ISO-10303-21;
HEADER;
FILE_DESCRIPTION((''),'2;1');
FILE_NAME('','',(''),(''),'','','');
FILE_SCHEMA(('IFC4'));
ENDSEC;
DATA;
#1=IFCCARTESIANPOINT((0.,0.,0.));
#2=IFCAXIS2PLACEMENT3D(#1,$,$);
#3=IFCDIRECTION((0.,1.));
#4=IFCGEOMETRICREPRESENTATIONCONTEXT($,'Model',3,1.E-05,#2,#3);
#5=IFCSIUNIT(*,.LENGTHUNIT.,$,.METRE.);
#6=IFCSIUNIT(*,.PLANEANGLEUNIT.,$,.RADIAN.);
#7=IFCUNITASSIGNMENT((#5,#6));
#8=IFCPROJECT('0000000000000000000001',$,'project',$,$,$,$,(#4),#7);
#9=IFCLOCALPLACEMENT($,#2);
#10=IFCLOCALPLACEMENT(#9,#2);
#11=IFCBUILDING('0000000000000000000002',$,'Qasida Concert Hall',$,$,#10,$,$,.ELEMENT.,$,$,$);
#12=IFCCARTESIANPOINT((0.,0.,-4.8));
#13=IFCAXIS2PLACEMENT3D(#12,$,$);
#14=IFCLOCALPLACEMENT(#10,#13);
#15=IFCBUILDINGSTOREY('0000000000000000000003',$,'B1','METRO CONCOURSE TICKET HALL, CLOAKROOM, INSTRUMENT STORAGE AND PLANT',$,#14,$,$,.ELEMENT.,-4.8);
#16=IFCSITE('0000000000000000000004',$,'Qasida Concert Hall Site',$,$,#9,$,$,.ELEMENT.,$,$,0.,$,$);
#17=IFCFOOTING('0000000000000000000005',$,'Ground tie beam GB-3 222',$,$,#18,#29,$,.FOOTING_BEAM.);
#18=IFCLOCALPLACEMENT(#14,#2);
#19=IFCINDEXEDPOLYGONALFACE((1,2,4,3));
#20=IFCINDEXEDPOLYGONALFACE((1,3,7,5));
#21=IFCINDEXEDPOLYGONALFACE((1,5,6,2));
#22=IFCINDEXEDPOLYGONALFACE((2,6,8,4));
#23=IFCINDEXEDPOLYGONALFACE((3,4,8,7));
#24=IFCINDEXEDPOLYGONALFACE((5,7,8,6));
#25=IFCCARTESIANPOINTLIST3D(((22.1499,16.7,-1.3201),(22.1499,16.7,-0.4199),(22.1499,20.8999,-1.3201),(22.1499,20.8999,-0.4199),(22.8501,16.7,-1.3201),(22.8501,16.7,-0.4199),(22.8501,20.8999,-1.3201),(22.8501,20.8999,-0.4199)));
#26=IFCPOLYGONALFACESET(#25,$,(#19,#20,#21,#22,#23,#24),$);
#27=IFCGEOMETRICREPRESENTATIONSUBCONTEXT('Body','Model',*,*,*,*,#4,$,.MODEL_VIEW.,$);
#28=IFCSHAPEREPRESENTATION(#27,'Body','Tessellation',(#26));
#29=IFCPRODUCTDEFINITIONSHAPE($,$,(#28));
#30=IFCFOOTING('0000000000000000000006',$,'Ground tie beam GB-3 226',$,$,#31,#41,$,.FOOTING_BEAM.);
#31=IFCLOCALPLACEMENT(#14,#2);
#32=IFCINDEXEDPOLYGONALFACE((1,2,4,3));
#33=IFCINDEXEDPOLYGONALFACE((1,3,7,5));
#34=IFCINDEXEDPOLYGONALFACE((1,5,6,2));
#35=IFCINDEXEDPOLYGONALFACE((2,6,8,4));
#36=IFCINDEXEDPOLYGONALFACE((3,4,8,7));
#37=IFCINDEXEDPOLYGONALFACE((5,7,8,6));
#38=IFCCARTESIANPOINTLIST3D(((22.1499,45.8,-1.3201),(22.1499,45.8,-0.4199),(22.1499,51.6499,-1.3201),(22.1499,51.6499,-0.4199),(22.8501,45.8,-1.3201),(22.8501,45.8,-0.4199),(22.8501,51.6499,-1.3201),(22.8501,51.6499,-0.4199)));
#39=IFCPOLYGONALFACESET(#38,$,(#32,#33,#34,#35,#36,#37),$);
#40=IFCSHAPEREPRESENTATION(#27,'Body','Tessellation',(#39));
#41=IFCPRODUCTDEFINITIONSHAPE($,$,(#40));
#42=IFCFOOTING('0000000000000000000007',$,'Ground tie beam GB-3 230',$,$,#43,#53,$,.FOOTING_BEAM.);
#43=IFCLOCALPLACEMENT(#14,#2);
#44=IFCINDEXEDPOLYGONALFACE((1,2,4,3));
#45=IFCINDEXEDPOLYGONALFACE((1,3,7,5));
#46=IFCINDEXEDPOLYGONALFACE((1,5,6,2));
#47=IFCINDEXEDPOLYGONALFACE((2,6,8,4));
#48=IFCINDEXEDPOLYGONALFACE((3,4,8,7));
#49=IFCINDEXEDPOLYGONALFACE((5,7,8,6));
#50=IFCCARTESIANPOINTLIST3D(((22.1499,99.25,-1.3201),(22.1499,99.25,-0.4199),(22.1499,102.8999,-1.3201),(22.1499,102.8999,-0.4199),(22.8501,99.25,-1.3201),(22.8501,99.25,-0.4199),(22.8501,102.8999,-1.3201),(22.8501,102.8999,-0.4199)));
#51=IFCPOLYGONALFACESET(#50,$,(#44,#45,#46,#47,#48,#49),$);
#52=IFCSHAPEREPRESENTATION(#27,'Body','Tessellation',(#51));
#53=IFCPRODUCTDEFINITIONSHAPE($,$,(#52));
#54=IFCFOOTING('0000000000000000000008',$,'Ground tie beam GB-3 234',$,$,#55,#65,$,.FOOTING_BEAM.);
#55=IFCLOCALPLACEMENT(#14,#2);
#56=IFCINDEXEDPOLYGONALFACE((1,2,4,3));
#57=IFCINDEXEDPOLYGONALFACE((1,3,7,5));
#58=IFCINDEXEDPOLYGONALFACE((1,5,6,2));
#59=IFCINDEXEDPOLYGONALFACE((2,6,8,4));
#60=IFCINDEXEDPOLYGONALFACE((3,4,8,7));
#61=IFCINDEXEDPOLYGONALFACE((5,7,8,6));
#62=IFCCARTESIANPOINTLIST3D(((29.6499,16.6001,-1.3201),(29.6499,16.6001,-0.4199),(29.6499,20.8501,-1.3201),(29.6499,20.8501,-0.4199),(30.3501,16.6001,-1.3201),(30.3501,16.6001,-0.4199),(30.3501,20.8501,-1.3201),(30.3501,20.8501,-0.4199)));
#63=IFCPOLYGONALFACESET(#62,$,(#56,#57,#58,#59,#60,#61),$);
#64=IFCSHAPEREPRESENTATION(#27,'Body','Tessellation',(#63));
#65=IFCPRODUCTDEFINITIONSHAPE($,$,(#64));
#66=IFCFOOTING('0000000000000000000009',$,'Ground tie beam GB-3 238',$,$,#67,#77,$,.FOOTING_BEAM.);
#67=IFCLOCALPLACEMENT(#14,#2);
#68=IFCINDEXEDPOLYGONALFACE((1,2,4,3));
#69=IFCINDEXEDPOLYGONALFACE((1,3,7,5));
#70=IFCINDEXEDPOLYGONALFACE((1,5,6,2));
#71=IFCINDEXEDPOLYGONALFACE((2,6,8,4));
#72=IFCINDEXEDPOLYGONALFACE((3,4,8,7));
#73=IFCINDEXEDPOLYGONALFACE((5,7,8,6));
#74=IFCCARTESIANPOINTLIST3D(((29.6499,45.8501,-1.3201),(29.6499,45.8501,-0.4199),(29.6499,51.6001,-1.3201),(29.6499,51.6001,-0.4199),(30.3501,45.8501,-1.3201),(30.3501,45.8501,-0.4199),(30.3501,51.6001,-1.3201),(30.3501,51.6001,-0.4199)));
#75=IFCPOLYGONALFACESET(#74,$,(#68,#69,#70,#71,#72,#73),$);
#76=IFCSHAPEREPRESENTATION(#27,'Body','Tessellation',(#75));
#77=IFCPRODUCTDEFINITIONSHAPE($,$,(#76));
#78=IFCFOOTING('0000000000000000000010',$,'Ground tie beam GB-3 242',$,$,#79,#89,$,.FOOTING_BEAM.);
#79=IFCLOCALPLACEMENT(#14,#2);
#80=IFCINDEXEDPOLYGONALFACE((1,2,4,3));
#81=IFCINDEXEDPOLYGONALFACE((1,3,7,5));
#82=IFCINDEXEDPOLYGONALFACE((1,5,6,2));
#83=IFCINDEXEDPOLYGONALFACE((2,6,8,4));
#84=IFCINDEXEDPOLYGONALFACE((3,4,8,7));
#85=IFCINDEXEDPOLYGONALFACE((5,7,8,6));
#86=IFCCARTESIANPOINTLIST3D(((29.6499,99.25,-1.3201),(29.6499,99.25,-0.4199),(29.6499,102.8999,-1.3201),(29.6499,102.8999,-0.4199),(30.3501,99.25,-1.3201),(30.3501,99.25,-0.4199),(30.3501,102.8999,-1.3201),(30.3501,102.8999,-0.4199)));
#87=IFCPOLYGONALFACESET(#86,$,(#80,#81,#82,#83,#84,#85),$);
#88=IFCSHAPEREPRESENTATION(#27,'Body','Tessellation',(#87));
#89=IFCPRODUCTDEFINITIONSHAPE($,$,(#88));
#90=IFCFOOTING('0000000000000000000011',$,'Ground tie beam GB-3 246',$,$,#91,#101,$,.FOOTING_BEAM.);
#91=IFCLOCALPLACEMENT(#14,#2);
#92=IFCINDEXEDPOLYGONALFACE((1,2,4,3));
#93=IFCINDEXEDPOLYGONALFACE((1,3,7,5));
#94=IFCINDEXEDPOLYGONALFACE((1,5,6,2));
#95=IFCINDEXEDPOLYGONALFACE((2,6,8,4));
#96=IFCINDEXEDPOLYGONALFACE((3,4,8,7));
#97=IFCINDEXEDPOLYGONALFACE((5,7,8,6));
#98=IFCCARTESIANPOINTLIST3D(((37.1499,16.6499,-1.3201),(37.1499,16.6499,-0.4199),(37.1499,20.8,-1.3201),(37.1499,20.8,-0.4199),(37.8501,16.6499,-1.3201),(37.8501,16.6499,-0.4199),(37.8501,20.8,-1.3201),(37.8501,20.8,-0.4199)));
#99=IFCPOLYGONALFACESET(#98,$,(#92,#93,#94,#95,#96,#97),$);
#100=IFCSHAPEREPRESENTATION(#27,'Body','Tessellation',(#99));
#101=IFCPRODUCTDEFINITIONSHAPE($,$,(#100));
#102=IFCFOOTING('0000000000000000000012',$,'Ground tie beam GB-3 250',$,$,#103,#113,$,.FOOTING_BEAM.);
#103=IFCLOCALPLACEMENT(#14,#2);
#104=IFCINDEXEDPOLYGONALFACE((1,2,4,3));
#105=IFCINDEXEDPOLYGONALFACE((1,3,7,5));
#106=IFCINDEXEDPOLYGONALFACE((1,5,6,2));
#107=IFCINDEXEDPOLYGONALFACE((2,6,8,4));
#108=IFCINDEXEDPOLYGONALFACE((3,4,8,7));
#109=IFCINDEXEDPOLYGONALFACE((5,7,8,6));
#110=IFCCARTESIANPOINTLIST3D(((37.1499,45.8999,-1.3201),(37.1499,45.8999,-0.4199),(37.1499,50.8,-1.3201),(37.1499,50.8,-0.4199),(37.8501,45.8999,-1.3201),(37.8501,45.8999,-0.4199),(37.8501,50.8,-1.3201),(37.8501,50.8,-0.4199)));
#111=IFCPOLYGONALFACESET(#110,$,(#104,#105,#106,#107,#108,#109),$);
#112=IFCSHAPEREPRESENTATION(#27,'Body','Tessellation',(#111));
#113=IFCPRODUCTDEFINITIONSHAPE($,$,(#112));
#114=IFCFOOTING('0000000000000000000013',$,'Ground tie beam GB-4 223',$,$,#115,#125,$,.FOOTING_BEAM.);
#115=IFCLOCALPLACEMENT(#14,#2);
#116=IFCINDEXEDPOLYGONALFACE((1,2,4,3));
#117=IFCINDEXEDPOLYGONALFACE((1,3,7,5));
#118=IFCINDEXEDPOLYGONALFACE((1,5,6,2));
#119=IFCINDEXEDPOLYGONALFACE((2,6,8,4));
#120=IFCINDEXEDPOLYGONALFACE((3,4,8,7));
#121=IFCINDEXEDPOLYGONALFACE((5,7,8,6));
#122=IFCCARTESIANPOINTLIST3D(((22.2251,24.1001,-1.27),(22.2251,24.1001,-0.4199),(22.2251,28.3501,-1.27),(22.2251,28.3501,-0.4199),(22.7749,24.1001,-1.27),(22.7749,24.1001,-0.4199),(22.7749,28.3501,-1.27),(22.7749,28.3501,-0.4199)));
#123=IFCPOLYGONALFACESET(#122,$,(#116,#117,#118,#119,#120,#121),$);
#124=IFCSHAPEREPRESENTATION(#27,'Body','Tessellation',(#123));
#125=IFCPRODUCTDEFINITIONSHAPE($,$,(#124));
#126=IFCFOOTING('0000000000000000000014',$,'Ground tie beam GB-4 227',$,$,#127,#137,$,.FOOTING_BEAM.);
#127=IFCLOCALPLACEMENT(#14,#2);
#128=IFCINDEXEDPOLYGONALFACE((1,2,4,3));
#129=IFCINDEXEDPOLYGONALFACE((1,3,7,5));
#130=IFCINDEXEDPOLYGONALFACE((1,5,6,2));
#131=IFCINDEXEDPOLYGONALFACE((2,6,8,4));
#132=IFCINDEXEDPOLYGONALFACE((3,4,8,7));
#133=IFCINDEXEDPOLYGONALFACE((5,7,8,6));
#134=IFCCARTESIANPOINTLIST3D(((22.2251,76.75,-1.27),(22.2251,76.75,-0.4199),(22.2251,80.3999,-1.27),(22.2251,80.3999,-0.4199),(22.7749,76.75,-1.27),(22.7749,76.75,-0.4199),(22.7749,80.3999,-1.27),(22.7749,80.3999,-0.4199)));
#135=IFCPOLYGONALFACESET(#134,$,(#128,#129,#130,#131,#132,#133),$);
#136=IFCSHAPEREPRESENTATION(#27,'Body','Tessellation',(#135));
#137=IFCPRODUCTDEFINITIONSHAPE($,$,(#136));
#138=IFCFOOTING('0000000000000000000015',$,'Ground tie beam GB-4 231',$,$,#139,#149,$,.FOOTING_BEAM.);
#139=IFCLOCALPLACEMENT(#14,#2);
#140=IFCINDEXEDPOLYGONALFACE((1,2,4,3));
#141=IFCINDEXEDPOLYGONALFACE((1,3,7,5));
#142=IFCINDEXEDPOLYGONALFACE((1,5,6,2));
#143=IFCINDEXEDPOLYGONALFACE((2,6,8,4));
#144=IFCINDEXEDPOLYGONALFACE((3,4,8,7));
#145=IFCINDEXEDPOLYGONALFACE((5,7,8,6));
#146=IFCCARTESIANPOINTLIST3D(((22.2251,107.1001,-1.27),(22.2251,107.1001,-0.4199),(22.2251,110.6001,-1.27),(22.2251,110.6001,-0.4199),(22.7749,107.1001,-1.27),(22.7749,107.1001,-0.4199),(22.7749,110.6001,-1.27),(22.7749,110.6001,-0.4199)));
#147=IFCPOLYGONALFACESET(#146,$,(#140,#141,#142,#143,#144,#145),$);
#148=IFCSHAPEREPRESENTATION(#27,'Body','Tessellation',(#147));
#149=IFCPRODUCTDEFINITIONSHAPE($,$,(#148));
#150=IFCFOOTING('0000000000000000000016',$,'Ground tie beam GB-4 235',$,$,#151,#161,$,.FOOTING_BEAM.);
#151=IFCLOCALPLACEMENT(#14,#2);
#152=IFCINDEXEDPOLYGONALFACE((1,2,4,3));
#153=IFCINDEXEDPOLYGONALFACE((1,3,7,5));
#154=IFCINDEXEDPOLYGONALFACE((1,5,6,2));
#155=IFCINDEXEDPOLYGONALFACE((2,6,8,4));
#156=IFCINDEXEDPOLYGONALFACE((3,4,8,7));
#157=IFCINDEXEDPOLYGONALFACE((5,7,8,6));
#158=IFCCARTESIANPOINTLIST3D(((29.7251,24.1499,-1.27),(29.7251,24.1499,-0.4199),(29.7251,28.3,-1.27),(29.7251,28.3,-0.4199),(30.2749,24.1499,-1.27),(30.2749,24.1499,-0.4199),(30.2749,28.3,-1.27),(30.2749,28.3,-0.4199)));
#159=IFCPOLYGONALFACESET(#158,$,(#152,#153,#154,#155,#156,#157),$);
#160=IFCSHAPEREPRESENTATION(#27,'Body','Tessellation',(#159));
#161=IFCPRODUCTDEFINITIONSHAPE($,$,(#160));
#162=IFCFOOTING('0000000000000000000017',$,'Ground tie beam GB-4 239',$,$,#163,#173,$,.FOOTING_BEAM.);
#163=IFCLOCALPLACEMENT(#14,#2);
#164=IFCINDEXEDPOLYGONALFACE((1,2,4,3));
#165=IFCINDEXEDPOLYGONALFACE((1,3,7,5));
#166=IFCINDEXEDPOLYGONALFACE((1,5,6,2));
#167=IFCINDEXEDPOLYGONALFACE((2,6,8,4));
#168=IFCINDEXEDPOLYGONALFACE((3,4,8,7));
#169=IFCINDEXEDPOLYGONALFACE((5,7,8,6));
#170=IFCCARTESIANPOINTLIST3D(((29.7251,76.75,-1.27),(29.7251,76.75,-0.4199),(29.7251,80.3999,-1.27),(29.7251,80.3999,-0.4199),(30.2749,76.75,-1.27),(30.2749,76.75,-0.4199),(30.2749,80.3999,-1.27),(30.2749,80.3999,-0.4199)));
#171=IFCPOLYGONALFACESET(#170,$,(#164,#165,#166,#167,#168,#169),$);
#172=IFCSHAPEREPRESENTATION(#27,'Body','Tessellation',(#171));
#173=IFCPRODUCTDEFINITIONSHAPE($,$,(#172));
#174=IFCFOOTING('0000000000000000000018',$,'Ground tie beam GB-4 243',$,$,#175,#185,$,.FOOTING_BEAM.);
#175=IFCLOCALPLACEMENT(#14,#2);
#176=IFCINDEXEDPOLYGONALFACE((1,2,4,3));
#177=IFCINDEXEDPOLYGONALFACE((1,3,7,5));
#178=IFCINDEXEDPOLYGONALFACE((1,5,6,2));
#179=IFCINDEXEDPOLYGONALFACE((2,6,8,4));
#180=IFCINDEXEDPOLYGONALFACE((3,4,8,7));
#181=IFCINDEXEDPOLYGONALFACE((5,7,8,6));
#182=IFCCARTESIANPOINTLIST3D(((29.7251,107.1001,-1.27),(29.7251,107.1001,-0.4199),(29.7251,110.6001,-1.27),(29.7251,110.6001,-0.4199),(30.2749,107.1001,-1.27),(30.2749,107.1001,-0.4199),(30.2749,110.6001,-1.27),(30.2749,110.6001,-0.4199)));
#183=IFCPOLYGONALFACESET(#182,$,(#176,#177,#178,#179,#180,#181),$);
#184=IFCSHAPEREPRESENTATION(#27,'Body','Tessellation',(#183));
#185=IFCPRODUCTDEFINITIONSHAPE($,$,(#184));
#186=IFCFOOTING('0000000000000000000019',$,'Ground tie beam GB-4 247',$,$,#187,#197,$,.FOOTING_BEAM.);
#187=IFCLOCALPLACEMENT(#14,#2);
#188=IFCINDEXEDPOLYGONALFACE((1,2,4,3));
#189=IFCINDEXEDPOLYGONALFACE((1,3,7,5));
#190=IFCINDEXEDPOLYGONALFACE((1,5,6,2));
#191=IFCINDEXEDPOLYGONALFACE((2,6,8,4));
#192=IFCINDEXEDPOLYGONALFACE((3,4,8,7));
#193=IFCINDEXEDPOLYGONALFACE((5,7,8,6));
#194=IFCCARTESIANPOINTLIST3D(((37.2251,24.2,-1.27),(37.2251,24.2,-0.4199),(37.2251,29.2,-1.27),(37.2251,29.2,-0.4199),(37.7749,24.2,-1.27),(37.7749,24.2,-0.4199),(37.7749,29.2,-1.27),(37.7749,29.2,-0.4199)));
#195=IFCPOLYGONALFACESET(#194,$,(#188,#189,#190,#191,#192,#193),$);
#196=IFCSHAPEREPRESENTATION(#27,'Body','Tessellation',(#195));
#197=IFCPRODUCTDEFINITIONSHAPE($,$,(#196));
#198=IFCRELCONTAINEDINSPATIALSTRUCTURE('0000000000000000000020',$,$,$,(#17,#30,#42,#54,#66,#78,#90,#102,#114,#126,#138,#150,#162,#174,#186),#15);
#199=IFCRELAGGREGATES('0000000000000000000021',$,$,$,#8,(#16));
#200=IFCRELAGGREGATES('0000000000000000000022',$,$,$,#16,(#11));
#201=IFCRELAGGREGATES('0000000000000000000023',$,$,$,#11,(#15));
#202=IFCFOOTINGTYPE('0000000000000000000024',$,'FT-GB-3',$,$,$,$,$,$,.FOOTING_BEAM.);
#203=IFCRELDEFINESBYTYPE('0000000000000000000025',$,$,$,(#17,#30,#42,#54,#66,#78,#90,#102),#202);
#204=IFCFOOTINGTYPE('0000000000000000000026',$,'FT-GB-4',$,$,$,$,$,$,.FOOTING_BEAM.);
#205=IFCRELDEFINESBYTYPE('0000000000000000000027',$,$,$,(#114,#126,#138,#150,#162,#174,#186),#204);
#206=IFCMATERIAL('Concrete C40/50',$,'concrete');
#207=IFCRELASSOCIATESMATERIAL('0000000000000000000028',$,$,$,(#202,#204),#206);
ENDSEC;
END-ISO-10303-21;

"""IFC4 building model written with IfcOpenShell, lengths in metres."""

from ifc_helpers import new_model, si_unit, direction, frame, origin, place, context, subcontext, project, spatial, polyline, outline, extrude, material, type_object, element, save


model = new_model("IFC4")

# Units and contexts
model_context = context("Model", 3, precision=1e-05, world=origin(), true_north=direction((0.0, 1.0)))
body_context = subcontext(model_context, "Body", "Model", "MODEL_VIEW")
ifc_project = project(units=[si_unit("LENGTHUNIT", "METRE"), si_unit("PLANEANGLEUNIT", "RADIAN")], contexts=[model_context])

# Site, building, storey
site_placement = place(None, origin())
site = spatial("IfcSite", under=ifc_project, at=site_placement, Name="Qasida Concert Hall Site", CompositionType="ELEMENT", RefElevation=0.0)
building_placement = place(site_placement, origin())
building = spatial("IfcBuilding", under=site, at=building_placement, Name="Qasida Concert Hall", CompositionType="ELEMENT")
storey_placement = place(building_placement, frame((0.0, 0.0, -4.8)))
storey = spatial("IfcBuildingStorey", under=building, at=storey_placement, Name="B1", Description="METRO CONCOURSE TICKET HALL, CLOAKROOM, INSTRUMENT STORAGE AND PLANT", CompositionType="ELEMENT", Elevation=-4.8)

# Footings
ifc_material = material(Name="Concrete C40/50", Category="concrete")
footing_type_1 = type_object("IfcFootingType", Name="FT-GB-3", PredefinedType="FOOTING_BEAM", material=ifc_material)
footing_1_placement = place(storey_placement, frame((0.0, 0.0, -1.3201)))
element("IfcFooting", 1, at=footing_1_placement, inside=storey, type_object=footing_type_1, Name="Ground tie beam GB-3 222", PredefinedType="FOOTING_BEAM", context=body_context, shape_type="SweptSolid", body=[
    extrude(outline(polyline([(22.1499, 16.7), (22.8501, 16.7), (22.8501, 20.8999), (22.1499, 20.8999), (22.1499, 16.7)])), origin(), (0.0, 0.0, 1.0), 0.9001),
])
footing_2_placement = place(storey_placement, frame((0.0, 0.0, -1.3201)))
element("IfcFooting", 2, at=footing_2_placement, inside=storey, type_object=footing_type_1, Name="Ground tie beam GB-3 226", PredefinedType="FOOTING_BEAM", context=body_context, shape_type="SweptSolid", body=[
    extrude(outline(polyline([(22.1499, 45.8), (22.8501, 45.8), (22.8501, 51.6499), (22.1499, 51.6499), (22.1499, 45.8)])), origin(), (0.0, 0.0, 1.0), 0.9001),
])
footing_3_placement = place(storey_placement, frame((0.0, 0.0, -1.3201)))
element("IfcFooting", 3, at=footing_3_placement, inside=storey, type_object=footing_type_1, Name="Ground tie beam GB-3 230", PredefinedType="FOOTING_BEAM", context=body_context, shape_type="SweptSolid", body=[
    extrude(outline(polyline([(22.1499, 99.25), (22.8501, 99.25), (22.8501, 102.8999), (22.1499, 102.8999), (22.1499, 99.25)])), origin(), (0.0, 0.0, 1.0), 0.9001),
])
footing_4_placement = place(storey_placement, frame((0.0, 0.0, -1.3201)))
element("IfcFooting", 4, at=footing_4_placement, inside=storey, type_object=footing_type_1, Name="Ground tie beam GB-3 234", PredefinedType="FOOTING_BEAM", context=body_context, shape_type="SweptSolid", body=[
    extrude(outline(polyline([(29.6499, 16.6001), (30.3501, 16.6001), (30.3501, 20.8501), (29.6499, 20.8501), (29.6499, 16.6001)])), origin(), (0.0, 0.0, 1.0), 0.9001),
])
footing_5_placement = place(storey_placement, frame((0.0, 0.0, -1.3201)))
element("IfcFooting", 5, at=footing_5_placement, inside=storey, type_object=footing_type_1, Name="Ground tie beam GB-3 238", PredefinedType="FOOTING_BEAM", context=body_context, shape_type="SweptSolid", body=[
    extrude(outline(polyline([(29.6499, 45.8501), (30.3501, 45.8501), (30.3501, 51.6001), (29.6499, 51.6001), (29.6499, 45.8501)])), origin(), (0.0, 0.0, 1.0), 0.9001),
])
footing_6_placement = place(storey_placement, frame((0.0, 0.0, -1.3201)))
element("IfcFooting", 6, at=footing_6_placement, inside=storey, type_object=footing_type_1, Name="Ground tie beam GB-3 242", PredefinedType="FOOTING_BEAM", context=body_context, shape_type="SweptSolid", body=[
    extrude(outline(polyline([(29.6499, 99.25), (30.3501, 99.25), (30.3501, 102.8999), (29.6499, 102.8999), (29.6499, 99.25)])), origin(), (0.0, 0.0, 1.0), 0.9001),
])
footing_7_placement = place(storey_placement, frame((0.0, 0.0, -1.3201)))
element("IfcFooting", 7, at=footing_7_placement, inside=storey, type_object=footing_type_1, Name="Ground tie beam GB-3 246", PredefinedType="FOOTING_BEAM", context=body_context, shape_type="SweptSolid", body=[
    extrude(outline(polyline([(37.1499, 16.6499), (37.8501, 16.6499), (37.8501, 20.8), (37.1499, 20.8), (37.1499, 16.6499)])), origin(), (0.0, 0.0, 1.0), 0.9001),
])
footing_8_placement = place(storey_placement, frame((0.0, 0.0, -1.3201)))
element("IfcFooting", 8, at=footing_8_placement, inside=storey, type_object=footing_type_1, Name="Ground tie beam GB-3 250", PredefinedType="FOOTING_BEAM", context=body_context, shape_type="SweptSolid", body=[
    extrude(outline(polyline([(37.1499, 45.8999), (37.8501, 45.8999), (37.8501, 50.8), (37.1499, 50.8), (37.1499, 45.8999)])), origin(), (0.0, 0.0, 1.0), 0.9001),
])
footing_type_2 = type_object("IfcFootingType", Name="FT-GB-4", PredefinedType="FOOTING_BEAM", material=ifc_material)
footing_9_placement = place(storey_placement, frame((0.0, 0.0, -1.27)))
element("IfcFooting", 9, at=footing_9_placement, inside=storey, type_object=footing_type_2, Name="Ground tie beam GB-4 223", PredefinedType="FOOTING_BEAM", context=body_context, shape_type="SweptSolid", body=[
    extrude(outline(polyline([(22.2251, 24.1001), (22.7749, 24.1001), (22.7749, 28.3501), (22.2251, 28.3501), (22.2251, 24.1001)])), origin(), (0.0, 0.0, 1.0), 0.8501),
])
footing_10_placement = place(storey_placement, frame((0.0, 0.0, -1.27)))
element("IfcFooting", 10, at=footing_10_placement, inside=storey, type_object=footing_type_2, Name="Ground tie beam GB-4 227", PredefinedType="FOOTING_BEAM", context=body_context, shape_type="SweptSolid", body=[
    extrude(outline(polyline([(22.2251, 76.75), (22.7749, 76.75), (22.7749, 80.3999), (22.2251, 80.3999), (22.2251, 76.75)])), origin(), (0.0, 0.0, 1.0), 0.8501),
])
footing_11_placement = place(storey_placement, frame((0.0, 0.0, -1.27)))
element("IfcFooting", 11, at=footing_11_placement, inside=storey, type_object=footing_type_2, Name="Ground tie beam GB-4 231", PredefinedType="FOOTING_BEAM", context=body_context, shape_type="SweptSolid", body=[
    extrude(outline(polyline([(22.2251, 107.1001), (22.7749, 107.1001), (22.7749, 110.6001), (22.2251, 110.6001), (22.2251, 107.1001)])), origin(), (0.0, 0.0, 1.0), 0.8501),
])
footing_12_placement = place(storey_placement, frame((0.0, 0.0, -1.27)))
element("IfcFooting", 12, at=footing_12_placement, inside=storey, type_object=footing_type_2, Name="Ground tie beam GB-4 235", PredefinedType="FOOTING_BEAM", context=body_context, shape_type="SweptSolid", body=[
    extrude(outline(polyline([(29.7251, 24.1499), (30.2749, 24.1499), (30.2749, 28.3), (29.7251, 28.3), (29.7251, 24.1499)])), origin(), (0.0, 0.0, 1.0), 0.8501),
])
footing_13_placement = place(storey_placement, frame((0.0, 0.0, -1.27)))
element("IfcFooting", 13, at=footing_13_placement, inside=storey, type_object=footing_type_2, Name="Ground tie beam GB-4 239", PredefinedType="FOOTING_BEAM", context=body_context, shape_type="SweptSolid", body=[
    extrude(outline(polyline([(29.7251, 76.75), (30.2749, 76.75), (30.2749, 80.3999), (29.7251, 80.3999), (29.7251, 76.75)])), origin(), (0.0, 0.0, 1.0), 0.8501),
])
footing_14_placement = place(storey_placement, frame((0.0, 0.0, -1.27)))
element("IfcFooting", 14, at=footing_14_placement, inside=storey, type_object=footing_type_2, Name="Ground tie beam GB-4 243", PredefinedType="FOOTING_BEAM", context=body_context, shape_type="SweptSolid", body=[
    extrude(outline(polyline([(29.7251, 107.1001), (30.2749, 107.1001), (30.2749, 110.6001), (29.7251, 110.6001), (29.7251, 107.1001)])), origin(), (0.0, 0.0, 1.0), 0.8501),
])
footing_15_placement = place(storey_placement, frame((0.0, 0.0, -1.27)))
element("IfcFooting", 15, at=footing_15_placement, inside=storey, type_object=footing_type_2, Name="Ground tie beam GB-4 247", PredefinedType="FOOTING_BEAM", context=body_context, shape_type="SweptSolid", body=[
    extrude(outline(polyline([(37.2251, 24.2), (37.7749, 24.2), (37.7749, 29.2), (37.2251, 29.2), (37.2251, 24.2)])), origin(), (0.0, 0.0, 1.0), 0.8501),
])

save(model, "model.ifc")
